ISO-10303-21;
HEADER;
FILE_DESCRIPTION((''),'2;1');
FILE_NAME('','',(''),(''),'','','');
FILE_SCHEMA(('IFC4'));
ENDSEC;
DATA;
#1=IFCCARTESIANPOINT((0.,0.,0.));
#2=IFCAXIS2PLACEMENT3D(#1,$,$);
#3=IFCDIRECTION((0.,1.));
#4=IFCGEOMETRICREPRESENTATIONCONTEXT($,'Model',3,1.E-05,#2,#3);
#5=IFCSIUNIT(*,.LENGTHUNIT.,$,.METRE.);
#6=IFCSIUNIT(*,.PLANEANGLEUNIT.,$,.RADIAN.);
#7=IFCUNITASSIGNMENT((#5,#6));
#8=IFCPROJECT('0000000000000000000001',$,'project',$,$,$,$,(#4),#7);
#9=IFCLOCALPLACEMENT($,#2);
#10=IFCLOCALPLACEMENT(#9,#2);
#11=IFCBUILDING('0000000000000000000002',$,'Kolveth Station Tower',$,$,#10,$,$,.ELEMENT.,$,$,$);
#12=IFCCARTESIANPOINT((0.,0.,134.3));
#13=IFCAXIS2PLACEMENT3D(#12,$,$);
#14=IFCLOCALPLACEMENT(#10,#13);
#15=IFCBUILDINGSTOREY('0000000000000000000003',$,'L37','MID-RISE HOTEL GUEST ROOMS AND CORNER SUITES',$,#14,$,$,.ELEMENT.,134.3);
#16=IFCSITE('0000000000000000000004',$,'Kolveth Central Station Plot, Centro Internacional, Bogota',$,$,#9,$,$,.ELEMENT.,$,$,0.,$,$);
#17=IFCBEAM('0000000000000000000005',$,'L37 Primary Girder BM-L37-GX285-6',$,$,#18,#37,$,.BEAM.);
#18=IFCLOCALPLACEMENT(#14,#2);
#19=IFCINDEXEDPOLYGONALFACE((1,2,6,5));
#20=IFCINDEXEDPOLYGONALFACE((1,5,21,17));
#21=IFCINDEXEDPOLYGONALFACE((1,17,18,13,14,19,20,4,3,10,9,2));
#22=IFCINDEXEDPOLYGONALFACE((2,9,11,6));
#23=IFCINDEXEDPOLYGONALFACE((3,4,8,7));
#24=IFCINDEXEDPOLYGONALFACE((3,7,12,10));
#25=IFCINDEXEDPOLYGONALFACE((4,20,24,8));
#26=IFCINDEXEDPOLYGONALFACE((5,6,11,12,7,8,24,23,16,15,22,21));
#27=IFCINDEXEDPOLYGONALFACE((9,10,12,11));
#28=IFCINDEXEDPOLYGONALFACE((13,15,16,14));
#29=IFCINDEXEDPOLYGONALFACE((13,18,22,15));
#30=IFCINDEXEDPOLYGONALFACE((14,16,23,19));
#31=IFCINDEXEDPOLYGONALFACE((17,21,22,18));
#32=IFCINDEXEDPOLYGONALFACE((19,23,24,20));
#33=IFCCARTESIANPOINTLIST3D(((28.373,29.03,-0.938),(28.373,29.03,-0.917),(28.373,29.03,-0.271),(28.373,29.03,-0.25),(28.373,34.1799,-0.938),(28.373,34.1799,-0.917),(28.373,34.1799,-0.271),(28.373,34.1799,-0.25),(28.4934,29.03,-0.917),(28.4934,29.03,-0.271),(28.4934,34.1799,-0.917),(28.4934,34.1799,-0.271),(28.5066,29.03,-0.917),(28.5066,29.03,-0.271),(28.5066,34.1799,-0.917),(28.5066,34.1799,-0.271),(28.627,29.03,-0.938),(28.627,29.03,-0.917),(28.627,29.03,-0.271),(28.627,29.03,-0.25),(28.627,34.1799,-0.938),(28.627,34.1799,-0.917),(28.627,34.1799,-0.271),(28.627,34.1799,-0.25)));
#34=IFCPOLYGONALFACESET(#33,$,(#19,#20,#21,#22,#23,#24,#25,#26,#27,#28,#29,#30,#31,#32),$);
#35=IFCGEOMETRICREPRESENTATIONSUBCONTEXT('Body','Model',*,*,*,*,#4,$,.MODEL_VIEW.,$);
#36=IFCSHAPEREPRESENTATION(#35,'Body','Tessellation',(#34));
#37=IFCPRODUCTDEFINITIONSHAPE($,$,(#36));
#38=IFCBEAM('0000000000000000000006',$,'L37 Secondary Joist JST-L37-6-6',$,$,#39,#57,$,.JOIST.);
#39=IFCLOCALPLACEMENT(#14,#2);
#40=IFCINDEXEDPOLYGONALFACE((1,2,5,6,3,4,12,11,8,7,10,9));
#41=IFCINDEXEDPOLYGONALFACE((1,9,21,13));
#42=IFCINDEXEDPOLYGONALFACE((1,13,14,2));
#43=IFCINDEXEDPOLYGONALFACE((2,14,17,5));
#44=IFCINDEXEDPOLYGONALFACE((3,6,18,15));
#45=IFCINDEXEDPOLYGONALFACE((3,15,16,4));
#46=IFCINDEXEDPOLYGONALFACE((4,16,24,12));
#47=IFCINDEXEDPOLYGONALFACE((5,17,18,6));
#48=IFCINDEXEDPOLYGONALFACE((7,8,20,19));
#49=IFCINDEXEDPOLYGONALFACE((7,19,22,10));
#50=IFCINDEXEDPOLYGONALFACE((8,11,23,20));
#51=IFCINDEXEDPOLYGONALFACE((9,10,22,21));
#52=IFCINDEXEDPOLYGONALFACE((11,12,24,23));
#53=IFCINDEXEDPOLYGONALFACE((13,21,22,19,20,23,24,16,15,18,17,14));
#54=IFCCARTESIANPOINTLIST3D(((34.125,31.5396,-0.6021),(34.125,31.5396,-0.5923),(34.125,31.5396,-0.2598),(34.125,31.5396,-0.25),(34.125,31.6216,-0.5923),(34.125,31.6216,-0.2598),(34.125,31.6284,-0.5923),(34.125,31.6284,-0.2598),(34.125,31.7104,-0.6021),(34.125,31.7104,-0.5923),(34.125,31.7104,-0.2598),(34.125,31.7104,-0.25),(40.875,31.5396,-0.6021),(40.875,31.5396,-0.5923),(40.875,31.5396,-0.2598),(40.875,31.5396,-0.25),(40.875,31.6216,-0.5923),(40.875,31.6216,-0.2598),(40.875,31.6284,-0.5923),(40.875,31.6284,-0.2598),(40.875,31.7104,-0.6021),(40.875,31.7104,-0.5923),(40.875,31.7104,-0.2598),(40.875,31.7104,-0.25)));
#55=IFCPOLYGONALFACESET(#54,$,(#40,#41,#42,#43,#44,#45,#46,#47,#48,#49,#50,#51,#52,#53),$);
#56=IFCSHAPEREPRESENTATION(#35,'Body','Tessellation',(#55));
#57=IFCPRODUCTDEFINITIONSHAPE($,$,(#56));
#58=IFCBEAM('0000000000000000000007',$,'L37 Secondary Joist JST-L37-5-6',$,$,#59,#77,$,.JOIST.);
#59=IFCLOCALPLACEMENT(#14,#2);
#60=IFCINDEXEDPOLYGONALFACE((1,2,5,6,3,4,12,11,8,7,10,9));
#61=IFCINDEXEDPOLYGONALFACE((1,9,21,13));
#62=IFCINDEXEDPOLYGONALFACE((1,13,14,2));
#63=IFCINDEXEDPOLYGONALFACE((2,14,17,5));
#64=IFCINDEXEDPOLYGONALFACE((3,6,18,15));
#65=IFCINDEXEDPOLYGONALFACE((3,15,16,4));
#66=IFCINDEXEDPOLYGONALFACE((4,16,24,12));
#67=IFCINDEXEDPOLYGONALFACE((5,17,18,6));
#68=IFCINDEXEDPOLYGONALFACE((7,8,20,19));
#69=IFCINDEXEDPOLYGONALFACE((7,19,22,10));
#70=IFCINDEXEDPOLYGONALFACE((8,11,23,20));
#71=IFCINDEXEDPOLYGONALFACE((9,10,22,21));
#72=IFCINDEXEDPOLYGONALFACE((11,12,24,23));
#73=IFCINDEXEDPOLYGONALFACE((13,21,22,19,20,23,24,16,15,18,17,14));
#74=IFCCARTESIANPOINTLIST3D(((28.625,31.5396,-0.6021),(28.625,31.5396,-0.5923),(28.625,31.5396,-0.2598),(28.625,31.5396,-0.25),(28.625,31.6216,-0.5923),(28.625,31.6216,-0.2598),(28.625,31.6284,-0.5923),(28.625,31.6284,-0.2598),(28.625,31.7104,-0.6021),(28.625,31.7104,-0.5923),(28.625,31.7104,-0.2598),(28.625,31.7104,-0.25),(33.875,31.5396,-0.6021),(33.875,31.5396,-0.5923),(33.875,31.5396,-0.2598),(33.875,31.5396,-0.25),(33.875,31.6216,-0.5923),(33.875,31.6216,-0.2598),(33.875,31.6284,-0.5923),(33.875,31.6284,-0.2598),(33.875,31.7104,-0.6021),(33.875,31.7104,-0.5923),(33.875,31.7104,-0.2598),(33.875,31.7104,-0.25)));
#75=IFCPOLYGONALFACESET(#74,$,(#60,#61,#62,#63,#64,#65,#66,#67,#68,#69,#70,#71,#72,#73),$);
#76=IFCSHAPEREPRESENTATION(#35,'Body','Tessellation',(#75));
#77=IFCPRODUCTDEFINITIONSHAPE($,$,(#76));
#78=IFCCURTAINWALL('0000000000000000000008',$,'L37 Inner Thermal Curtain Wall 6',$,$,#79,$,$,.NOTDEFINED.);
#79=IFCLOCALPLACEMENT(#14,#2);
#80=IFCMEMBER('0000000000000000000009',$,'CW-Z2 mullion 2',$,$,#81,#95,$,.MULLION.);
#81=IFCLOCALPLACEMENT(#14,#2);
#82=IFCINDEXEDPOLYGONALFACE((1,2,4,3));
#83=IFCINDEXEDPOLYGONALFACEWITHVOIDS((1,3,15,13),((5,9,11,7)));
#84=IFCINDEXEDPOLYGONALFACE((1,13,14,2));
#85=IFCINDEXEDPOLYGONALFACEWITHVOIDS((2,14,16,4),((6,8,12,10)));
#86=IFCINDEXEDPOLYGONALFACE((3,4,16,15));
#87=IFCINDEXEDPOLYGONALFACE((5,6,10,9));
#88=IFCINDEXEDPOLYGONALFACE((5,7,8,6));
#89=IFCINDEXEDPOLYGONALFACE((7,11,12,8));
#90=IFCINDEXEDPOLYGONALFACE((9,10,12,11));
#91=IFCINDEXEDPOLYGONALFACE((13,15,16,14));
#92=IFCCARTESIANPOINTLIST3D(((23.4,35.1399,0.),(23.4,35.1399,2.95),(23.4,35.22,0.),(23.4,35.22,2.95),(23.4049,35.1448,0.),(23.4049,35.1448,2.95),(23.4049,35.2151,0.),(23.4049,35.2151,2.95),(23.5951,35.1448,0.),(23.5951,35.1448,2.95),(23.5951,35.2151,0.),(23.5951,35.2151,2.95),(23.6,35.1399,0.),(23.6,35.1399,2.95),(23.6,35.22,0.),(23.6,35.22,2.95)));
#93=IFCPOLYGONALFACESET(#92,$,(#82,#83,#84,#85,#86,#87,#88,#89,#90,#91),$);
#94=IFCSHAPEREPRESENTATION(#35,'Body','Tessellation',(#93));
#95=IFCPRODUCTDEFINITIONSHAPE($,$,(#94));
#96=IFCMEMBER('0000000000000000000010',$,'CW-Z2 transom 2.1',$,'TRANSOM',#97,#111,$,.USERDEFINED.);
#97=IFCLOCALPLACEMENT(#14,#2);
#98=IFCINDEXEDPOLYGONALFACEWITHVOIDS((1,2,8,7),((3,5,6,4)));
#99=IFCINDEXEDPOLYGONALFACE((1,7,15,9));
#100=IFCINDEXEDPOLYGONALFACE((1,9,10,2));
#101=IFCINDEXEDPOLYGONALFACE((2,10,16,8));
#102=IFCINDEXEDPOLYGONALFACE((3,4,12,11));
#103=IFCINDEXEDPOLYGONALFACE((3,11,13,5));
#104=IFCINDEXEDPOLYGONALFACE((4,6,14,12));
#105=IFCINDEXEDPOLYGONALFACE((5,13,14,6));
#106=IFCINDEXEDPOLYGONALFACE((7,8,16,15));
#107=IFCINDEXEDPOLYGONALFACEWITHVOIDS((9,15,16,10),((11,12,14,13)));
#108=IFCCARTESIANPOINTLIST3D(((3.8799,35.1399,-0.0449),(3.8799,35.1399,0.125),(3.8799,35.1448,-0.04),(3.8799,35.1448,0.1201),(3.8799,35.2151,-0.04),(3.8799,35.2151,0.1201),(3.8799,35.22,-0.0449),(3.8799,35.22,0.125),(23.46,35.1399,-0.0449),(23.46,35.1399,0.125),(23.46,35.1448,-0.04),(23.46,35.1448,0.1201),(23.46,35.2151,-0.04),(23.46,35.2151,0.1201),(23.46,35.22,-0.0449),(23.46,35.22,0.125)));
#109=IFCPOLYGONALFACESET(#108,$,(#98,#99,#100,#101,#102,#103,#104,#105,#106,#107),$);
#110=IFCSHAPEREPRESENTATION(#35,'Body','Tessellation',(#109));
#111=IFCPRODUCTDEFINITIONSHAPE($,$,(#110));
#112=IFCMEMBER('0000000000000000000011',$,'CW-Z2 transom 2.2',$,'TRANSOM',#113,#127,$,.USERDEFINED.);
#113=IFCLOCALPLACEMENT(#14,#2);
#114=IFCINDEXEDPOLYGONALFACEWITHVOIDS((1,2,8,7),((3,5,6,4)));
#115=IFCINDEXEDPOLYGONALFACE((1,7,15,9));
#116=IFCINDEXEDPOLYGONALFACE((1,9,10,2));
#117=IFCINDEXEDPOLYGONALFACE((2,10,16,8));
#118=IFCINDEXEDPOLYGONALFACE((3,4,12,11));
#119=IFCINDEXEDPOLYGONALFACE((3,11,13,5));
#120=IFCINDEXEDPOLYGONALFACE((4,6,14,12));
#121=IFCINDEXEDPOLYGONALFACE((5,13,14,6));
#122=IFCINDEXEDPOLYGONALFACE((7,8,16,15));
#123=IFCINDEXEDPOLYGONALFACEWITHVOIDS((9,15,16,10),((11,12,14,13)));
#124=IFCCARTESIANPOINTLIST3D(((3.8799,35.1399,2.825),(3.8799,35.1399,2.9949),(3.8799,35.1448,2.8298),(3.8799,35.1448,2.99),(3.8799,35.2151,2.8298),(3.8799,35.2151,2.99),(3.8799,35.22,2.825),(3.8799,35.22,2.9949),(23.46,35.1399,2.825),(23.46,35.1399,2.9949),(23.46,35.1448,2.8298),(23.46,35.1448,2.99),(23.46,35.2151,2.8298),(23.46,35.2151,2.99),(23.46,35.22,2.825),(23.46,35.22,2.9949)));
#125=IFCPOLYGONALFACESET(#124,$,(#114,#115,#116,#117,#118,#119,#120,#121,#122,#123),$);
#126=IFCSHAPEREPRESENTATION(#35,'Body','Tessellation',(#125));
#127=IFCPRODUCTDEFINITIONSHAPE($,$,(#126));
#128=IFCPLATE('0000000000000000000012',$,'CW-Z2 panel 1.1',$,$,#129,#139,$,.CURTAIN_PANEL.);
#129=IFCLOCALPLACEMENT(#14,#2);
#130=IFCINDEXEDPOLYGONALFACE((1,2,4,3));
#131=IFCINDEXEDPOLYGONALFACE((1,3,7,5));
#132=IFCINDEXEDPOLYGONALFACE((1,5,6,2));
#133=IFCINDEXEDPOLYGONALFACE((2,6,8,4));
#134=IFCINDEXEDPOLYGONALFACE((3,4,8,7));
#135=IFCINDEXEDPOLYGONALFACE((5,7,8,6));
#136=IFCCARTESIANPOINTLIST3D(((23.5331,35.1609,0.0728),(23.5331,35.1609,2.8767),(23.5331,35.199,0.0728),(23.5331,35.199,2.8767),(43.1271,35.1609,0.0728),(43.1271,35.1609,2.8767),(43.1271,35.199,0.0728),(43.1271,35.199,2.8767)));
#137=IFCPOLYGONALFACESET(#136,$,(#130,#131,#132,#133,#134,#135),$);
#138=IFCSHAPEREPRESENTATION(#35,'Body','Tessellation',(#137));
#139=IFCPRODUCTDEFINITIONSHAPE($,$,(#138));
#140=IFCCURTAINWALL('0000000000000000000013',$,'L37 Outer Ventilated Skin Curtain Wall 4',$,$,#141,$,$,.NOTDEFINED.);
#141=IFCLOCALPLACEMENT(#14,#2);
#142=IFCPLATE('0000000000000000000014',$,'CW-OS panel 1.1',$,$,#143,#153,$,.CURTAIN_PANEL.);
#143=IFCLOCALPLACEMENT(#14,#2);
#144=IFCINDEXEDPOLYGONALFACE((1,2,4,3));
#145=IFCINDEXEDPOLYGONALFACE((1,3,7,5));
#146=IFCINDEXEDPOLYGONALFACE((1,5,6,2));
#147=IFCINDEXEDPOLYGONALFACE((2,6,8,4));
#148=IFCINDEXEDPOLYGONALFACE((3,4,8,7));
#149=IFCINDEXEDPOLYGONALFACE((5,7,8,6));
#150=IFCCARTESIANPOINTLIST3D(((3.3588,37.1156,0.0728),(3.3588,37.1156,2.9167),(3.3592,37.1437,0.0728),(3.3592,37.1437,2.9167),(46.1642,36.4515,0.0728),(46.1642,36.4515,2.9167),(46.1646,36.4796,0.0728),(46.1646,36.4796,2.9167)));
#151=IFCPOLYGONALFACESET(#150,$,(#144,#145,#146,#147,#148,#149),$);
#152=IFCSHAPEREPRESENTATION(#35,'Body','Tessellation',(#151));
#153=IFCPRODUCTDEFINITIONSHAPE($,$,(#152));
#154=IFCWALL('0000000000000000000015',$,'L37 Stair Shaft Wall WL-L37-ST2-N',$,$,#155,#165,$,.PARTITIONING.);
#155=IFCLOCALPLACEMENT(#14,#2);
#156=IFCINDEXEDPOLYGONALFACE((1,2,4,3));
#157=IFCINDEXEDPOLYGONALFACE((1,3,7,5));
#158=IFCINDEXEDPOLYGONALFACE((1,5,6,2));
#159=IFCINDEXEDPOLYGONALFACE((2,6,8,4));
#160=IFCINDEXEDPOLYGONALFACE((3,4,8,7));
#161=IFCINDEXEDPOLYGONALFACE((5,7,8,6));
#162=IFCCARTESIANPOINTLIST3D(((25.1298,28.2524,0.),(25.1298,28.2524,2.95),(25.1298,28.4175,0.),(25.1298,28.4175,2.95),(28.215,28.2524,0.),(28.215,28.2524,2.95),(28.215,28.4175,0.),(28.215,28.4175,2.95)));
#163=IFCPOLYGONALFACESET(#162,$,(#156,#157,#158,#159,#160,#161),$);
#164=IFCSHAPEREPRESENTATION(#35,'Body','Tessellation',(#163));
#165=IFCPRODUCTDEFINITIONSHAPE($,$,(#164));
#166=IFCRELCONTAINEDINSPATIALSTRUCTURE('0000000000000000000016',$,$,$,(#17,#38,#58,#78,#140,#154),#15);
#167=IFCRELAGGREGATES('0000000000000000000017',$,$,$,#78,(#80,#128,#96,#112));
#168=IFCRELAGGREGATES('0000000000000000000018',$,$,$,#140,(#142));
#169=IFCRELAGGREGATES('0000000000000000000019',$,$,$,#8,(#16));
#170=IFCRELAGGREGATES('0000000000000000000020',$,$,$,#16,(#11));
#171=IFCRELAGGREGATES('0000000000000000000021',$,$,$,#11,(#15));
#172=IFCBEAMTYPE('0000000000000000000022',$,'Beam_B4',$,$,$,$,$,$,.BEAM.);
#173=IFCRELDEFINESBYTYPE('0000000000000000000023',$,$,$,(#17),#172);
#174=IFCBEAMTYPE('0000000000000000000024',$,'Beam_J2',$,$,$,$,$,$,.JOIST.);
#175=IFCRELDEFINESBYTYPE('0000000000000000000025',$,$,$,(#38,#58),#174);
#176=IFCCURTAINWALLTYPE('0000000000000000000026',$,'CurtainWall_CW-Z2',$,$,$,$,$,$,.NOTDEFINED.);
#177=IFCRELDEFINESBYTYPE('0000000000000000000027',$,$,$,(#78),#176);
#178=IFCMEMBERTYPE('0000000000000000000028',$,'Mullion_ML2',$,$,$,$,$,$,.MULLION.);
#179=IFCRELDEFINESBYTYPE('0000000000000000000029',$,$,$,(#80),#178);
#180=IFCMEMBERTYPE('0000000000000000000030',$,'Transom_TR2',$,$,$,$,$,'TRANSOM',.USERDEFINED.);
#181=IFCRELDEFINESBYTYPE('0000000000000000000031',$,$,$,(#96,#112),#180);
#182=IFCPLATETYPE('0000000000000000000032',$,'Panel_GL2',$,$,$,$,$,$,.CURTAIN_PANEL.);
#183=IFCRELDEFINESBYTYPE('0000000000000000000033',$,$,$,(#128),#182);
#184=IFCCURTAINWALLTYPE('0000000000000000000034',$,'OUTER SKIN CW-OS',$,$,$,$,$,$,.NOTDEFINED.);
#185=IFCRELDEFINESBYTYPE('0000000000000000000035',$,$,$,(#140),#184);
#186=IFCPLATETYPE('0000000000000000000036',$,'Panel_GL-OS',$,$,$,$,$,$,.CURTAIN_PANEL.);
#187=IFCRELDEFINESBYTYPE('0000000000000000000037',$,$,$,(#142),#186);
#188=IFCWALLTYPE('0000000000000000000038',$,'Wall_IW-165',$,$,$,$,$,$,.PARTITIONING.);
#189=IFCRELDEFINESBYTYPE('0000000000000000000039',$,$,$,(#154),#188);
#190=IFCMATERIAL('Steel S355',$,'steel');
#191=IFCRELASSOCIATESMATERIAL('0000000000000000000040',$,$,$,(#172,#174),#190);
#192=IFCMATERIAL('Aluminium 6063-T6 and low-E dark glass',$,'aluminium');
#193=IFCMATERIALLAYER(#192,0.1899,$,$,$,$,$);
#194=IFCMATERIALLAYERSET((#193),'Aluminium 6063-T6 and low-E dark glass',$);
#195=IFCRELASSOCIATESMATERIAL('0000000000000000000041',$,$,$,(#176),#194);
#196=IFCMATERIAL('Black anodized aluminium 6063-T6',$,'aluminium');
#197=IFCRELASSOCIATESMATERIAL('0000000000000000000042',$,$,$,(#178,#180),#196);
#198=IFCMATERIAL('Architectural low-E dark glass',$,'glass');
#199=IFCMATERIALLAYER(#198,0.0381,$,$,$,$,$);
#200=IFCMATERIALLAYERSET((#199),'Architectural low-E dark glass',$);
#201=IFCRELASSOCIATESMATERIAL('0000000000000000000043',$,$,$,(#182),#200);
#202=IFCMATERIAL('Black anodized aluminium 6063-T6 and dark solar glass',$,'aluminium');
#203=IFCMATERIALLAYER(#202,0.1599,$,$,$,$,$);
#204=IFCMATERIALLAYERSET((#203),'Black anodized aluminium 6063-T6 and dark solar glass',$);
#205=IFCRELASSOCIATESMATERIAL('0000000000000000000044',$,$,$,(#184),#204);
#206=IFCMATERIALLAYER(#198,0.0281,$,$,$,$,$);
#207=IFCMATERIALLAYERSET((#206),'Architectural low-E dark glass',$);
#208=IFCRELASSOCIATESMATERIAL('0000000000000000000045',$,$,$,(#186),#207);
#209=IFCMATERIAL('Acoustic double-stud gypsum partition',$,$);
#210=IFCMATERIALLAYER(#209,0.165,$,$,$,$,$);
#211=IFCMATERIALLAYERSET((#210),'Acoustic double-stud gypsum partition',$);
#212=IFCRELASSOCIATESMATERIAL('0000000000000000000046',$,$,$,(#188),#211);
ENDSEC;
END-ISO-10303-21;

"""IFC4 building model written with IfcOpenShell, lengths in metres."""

from ifc_helpers import new_model, si_unit, direction, frame, frame_2d, origin, origin_2d, place, context, subcontext, project, spatial, rectangle, hollow_rectangle, i_section, extrude, source, transform, mapped, material, layer, layer_set, material_profile, profile_set, type_object, element, aggregate, save


model = new_model("IFC4")

# Units and contexts
model_context = context("Model", 3, precision=1e-05, world=origin(), true_north=direction((0.0, 1.0)))
body_context = subcontext(model_context, "Body", "Model", "MODEL_VIEW")
ifc_project = project(units=[si_unit("LENGTHUNIT", "METRE"), si_unit("PLANEANGLEUNIT", "RADIAN")], contexts=[model_context])

# Site, building, storey
site_placement = place(None, origin())
site = spatial("IfcSite", under=ifc_project, at=site_placement, Name="Kolveth Central Station Plot, Centro Internacional, Bogota", CompositionType="ELEMENT", RefElevation=0.0)
building_placement = place(site_placement, origin())
building = spatial("IfcBuilding", under=site, at=building_placement, Name="Kolveth Station Tower", CompositionType="ELEMENT")
storey_placement = place(building_placement, frame((0.0, 0.0, 134.3)))
storey = spatial("IfcBuildingStorey", under=building, at=storey_placement, Name="L37", Description="MID-RISE HOTEL GUEST ROOMS AND CORNER SUITES", CompositionType="ELEMENT", Elevation=134.3)

# Shared definitions
ifc_material_1 = material(Name="Steel S355", Category="steel")

# Beams
ifc_material_profile_1 = material_profile(ifc_material_1, i_section(OverallWidth=0.2539, OverallDepth=0.688, WebThickness=0.0132, FlangeThickness=0.021, at=origin_2d()), Name="W690x152")
ifc_profile_set_1 = profile_set([ifc_material_profile_1], Name="Steel S355")
beam_type_1 = type_object("IfcBeamType", Name="Beam_B4", PredefinedType="BEAM", material=ifc_profile_set_1)
shared_shape_1 = source(origin(), body_context, "Body", "SweptSolid", [
    extrude(i_section(OverallWidth=0.2539, OverallDepth=0.688, WebThickness=0.0132, FlangeThickness=0.021, at=origin_2d()), origin(), (0.0, 0.0, 1.0), 5.1499),
])
beam_1_placement = place(storey_placement, frame((28.5, 29.03, -0.594), z_axis=(0.0, 1.0, 0.0), x_axis=(-1.0, 0.0, 0.0)))
element("IfcBeam", 1, at=beam_1_placement, inside=storey, type_object=beam_type_1, Name="L37 Primary Girder BM-L37-GX285-6", PredefinedType="BEAM", context=body_context, shape_type="MappedRepresentation", body=[
    mapped(shared_shape_1, transform((0.0, 0.0, 0.0), x_axis=(1.0, 0.0, 0.0), y_axis=(0.0, 1.0, 0.0), z_axis=(0.0, 0.0, 1.0), scale=1.0)),
])
ifc_material_profile_2 = material_profile(ifc_material_1, i_section(OverallWidth=0.1709, OverallDepth=0.3521, WebThickness=0.0068, FlangeThickness=0.0098, at=origin_2d()), Name="W360x44")
ifc_profile_set_2 = profile_set([ifc_material_profile_2], Name="Steel S355")
beam_type_2 = type_object("IfcBeamType", Name="Beam_J2", PredefinedType="JOIST", material=ifc_profile_set_2)
shared_shape_2 = source(origin(), body_context, "Body", "SweptSolid", [
    extrude(i_section(OverallWidth=0.1709, OverallDepth=0.3521, WebThickness=0.0068, FlangeThickness=0.0098, at=origin_2d()), origin(), (0.0, 0.0, 1.0), 6.75),
])
beam_2_placement = place(storey_placement, frame((34.125, 31.625, -0.426), z_axis=(1.0, 0.0, 0.0), x_axis=(0.0, 1.0, 0.0)))
element("IfcBeam", 2, at=beam_2_placement, inside=storey, type_object=beam_type_2, Name="L37 Secondary Joist JST-L37-6-6", PredefinedType="JOIST", context=body_context, shape_type="MappedRepresentation", body=[
    mapped(shared_shape_2, transform((0.0, 0.0, 0.0), x_axis=(1.0, 0.0, 0.0), y_axis=(0.0, 1.0, 0.0), z_axis=(0.0, 0.0, 1.0), scale=1.0)),
])
shared_shape_3 = source(origin(), body_context, "Body", "SweptSolid", [
    extrude(i_section(OverallWidth=0.1709, OverallDepth=0.3521, WebThickness=0.0068, FlangeThickness=0.0098, at=origin_2d()), origin(), (0.0, 0.0, 1.0), 5.25),
])
beam_3_placement = place(storey_placement, frame((28.625, 31.625, -0.426), z_axis=(1.0, 0.0, 0.0), x_axis=(0.0, 1.0, 0.0)))
element("IfcBeam", 3, at=beam_3_placement, inside=storey, type_object=beam_type_2, Name="L37 Secondary Joist JST-L37-5-6", PredefinedType="JOIST", context=body_context, shape_type="MappedRepresentation", body=[
    mapped(shared_shape_3, transform((0.0, 0.0, 0.0), x_axis=(1.0, 0.0, 0.0), y_axis=(0.0, 1.0, 0.0), z_axis=(0.0, 0.0, 1.0), scale=1.0)),
])

# Curtain wall, members, plate
ifc_material_2 = material(Name="Aluminium 6063-T6 and low-E dark glass", Category="aluminium")
ifc_layer_1 = layer(ifc_material_2, 0.1899)
ifc_layer_set_1 = layer_set([ifc_layer_1], Name="Aluminium 6063-T6 and low-E dark glass")
curtain_wall_type_1 = type_object("IfcCurtainWallType", Name="CurtainWall_CW-Z2", PredefinedType="NOTDEFINED", material=ifc_layer_set_1)
curtain_wall_1_placement = place(storey_placement, origin())
curtain_wall_1 = element("IfcCurtainWall", 4, at=curtain_wall_1_placement, inside=storey, type_object=curtain_wall_type_1, Name="L37 Inner Thermal Curtain Wall 6", PredefinedType="NOTDEFINED")
ifc_material_3 = material(Name="Black anodized aluminium 6063-T6", Category="aluminium")
ifc_material_profile_3 = material_profile(ifc_material_3, hollow_rectangle(XDim=0.0801, YDim=0.2, WallThickness=0.0049, at=origin_2d()), Name="ALU-80x200x5")
ifc_profile_set_3 = profile_set([ifc_material_profile_3], Name="Black anodized aluminium 6063-T6")
member_type_1 = type_object("IfcMemberType", Name="Mullion_ML2", PredefinedType="MULLION", material=ifc_profile_set_3)
shared_shape_4 = source(origin(), body_context, "Body", "SweptSolid", [
    extrude(hollow_rectangle(XDim=0.0801, YDim=0.2, WallThickness=0.0049, at=origin_2d()), origin(), (0.0, 0.0, 1.0), 2.95),
])
member_1_placement = place(storey_placement, frame((23.5, 35.1799, 0.0), z_axis=(0.0, 0.0, 1.0), x_axis=(0.0, -1.0, 0.0)))
member_1 = element("IfcMember", 5, at=member_1_placement, type_object=member_type_1, Name="CW-Z2 mullion 2", PredefinedType="MULLION", context=body_context, shape_type="MappedRepresentation", body=[
    mapped(shared_shape_4, transform((0.0, 0.0, 0.0), x_axis=(1.0, 0.0, 0.0), y_axis=(0.0, 1.0, 0.0), z_axis=(0.0, 0.0, 1.0), scale=1.0)),
])
ifc_material_profile_4 = material_profile(ifc_material_3, hollow_rectangle(XDim=0.0801, YDim=0.1699, WallThickness=0.0049, at=origin_2d()), Name="ALU-80x170x5")
ifc_profile_set_4 = profile_set([ifc_material_profile_4], Name="Black anodized aluminium 6063-T6")
member_type_2 = type_object("IfcMemberType", Name="Transom_TR2", ElementType="TRANSOM", PredefinedType="USERDEFINED", material=ifc_profile_set_4)
shared_shape_5 = source(origin(), body_context, "Body", "SweptSolid", [
    extrude(hollow_rectangle(XDim=0.0801, YDim=0.1699, WallThickness=0.0049, at=origin_2d()), origin(), (0.0, 0.0, 1.0), 19.5801),
])
member_2_placement = place(storey_placement, frame((23.46, 35.1799, 0.04), z_axis=(-1.0, 0.0, 0.0), x_axis=(0.0, -1.0, 0.0)))
member_2 = element("IfcMember", 6, at=member_2_placement, type_object=member_type_2, Name="CW-Z2 transom 2.1", ObjectType="TRANSOM", PredefinedType="USERDEFINED", context=body_context, shape_type="MappedRepresentation", body=[
    mapped(shared_shape_5, transform((0.0, 0.0, 0.0), x_axis=(1.0, 0.0, 0.0), y_axis=(0.0, 1.0, 0.0), z_axis=(0.0, 0.0, 1.0), scale=1.0)),
])
member_3_placement = place(storey_placement, frame((23.46, 35.1799, 2.9099), z_axis=(-1.0, 0.0, 0.0), x_axis=(0.0, -1.0, 0.0)))
member_3 = element("IfcMember", 7, at=member_3_placement, type_object=member_type_2, Name="CW-Z2 transom 2.2", ObjectType="TRANSOM", PredefinedType="USERDEFINED", context=body_context, shape_type="MappedRepresentation", body=[
    mapped(shared_shape_5, transform((0.0, 0.0, 0.0), x_axis=(1.0, 0.0, 0.0), y_axis=(0.0, 1.0, 0.0), z_axis=(0.0, 0.0, 1.0), scale=1.0)),
])
ifc_material_4 = material(Name="Architectural low-E dark glass", Category="glass")
ifc_layer_2 = layer(ifc_material_4, 0.0381)
ifc_layer_set_2 = layer_set([ifc_layer_2], Name="Architectural low-E dark glass")
plate_type_1 = type_object("IfcPlateType", Name="Panel_GL2", PredefinedType="CURTAIN_PANEL", material=ifc_layer_set_2)
shared_shape_6 = source(origin(), body_context, "Body", "SweptSolid", [
    extrude(rectangle(XDim=19.594, YDim=0.0381, at=origin_2d()), origin(), (0.0, 0.0, 1.0), 2.804),
])
plate_1_placement = place(storey_placement, frame((33.3301, 35.1799, 0.0728), z_axis=(0.0, 0.0, 1.0), x_axis=(-1.0, 0.0, 0.0)))
plate_1 = element("IfcPlate", 8, at=plate_1_placement, type_object=plate_type_1, Name="CW-Z2 panel 1.1", PredefinedType="CURTAIN_PANEL", context=body_context, shape_type="MappedRepresentation", body=[
    mapped(shared_shape_6, transform((0.0, 0.0, 0.0), x_axis=(1.0, 0.0, 0.0), y_axis=(0.0, 1.0, 0.0), z_axis=(0.0, 0.0, 1.0), scale=1.0)),
])
aggregate(curtain_wall_1, [member_1, plate_1, member_2, member_3])

# Curtain wall, plate
ifc_material_5 = material(Name="Black anodized aluminium 6063-T6 and dark solar glass", Category="aluminium")
ifc_layer_3 = layer(ifc_material_5, 0.1599)
ifc_layer_set_3 = layer_set([ifc_layer_3], Name="Black anodized aluminium 6063-T6 and dark solar glass")
curtain_wall_type_2 = type_object("IfcCurtainWallType", Name="OUTER SKIN CW-OS", PredefinedType="NOTDEFINED", material=ifc_layer_set_3)
curtain_wall_2_placement = place(storey_placement, origin())
curtain_wall_2 = element("IfcCurtainWall", 9, at=curtain_wall_2_placement, inside=storey, type_object=curtain_wall_type_2, Name="L37 Outer Ventilated Skin Curtain Wall 4", PredefinedType="NOTDEFINED")
ifc_layer_4 = layer(ifc_material_4, 0.0281)
ifc_layer_set_4 = layer_set([ifc_layer_4], Name="Architectural low-E dark glass")
plate_type_2 = type_object("IfcPlateType", Name="Panel_GL-OS", PredefinedType="CURTAIN_PANEL", material=ifc_layer_set_4)
shared_shape_7 = source(origin(), body_context, "Body", "SweptSolid", [
    extrude(rectangle(XDim=42.8105, YDim=0.0281, at=origin_2d()), origin(), (0.0, 0.0, 1.0), 2.844),
])
plate_2_placement = place(storey_placement, frame((24.7617, 36.7976, 0.0728), z_axis=(0.0, 0.0, 1.0), x_axis=(-0.99988, 0.015513, 0.0)))
plate_2 = element("IfcPlate", 10, at=plate_2_placement, type_object=plate_type_2, Name="CW-OS panel 1.1", PredefinedType="CURTAIN_PANEL", context=body_context, shape_type="MappedRepresentation", body=[
    mapped(shared_shape_7, transform((0.0, 0.0, 0.0), x_axis=(1.0, 0.0, 0.0), y_axis=(0.0, 1.0, 0.0), z_axis=(0.0, 0.0, 1.0), scale=1.0)),
])
aggregate(curtain_wall_2, [plate_2])

# Wall
ifc_material_6 = material(Name="Acoustic double-stud gypsum partition")
ifc_layer_5 = layer(ifc_material_6, 0.165)
ifc_layer_set_5 = layer_set([ifc_layer_5], Name="Acoustic double-stud gypsum partition")
wall_type = type_object("IfcWallType", Name="Wall_IW-165", PredefinedType="PARTITIONING", material=ifc_layer_set_5)
wall_1_placement = place(storey_placement, frame((25.1299, 28.335, 0.0), z_axis=(0.0, 0.0, 1.0), x_axis=(1.0, 0.0, 0.0)))
element("IfcWall", 11, at=wall_1_placement, inside=storey, type_object=wall_type, Name="L37 Stair Shaft Wall WL-L37-ST2-N", PredefinedType="PARTITIONING", context=body_context, shape_type="SweptSolid", body=[
    extrude(rectangle(XDim=3.0852, YDim=0.165, at=frame_2d((1.5425, 0.0))), origin(), (0.0, 0.0, 1.0), 2.95),
])

save(model, "model.ifc")
